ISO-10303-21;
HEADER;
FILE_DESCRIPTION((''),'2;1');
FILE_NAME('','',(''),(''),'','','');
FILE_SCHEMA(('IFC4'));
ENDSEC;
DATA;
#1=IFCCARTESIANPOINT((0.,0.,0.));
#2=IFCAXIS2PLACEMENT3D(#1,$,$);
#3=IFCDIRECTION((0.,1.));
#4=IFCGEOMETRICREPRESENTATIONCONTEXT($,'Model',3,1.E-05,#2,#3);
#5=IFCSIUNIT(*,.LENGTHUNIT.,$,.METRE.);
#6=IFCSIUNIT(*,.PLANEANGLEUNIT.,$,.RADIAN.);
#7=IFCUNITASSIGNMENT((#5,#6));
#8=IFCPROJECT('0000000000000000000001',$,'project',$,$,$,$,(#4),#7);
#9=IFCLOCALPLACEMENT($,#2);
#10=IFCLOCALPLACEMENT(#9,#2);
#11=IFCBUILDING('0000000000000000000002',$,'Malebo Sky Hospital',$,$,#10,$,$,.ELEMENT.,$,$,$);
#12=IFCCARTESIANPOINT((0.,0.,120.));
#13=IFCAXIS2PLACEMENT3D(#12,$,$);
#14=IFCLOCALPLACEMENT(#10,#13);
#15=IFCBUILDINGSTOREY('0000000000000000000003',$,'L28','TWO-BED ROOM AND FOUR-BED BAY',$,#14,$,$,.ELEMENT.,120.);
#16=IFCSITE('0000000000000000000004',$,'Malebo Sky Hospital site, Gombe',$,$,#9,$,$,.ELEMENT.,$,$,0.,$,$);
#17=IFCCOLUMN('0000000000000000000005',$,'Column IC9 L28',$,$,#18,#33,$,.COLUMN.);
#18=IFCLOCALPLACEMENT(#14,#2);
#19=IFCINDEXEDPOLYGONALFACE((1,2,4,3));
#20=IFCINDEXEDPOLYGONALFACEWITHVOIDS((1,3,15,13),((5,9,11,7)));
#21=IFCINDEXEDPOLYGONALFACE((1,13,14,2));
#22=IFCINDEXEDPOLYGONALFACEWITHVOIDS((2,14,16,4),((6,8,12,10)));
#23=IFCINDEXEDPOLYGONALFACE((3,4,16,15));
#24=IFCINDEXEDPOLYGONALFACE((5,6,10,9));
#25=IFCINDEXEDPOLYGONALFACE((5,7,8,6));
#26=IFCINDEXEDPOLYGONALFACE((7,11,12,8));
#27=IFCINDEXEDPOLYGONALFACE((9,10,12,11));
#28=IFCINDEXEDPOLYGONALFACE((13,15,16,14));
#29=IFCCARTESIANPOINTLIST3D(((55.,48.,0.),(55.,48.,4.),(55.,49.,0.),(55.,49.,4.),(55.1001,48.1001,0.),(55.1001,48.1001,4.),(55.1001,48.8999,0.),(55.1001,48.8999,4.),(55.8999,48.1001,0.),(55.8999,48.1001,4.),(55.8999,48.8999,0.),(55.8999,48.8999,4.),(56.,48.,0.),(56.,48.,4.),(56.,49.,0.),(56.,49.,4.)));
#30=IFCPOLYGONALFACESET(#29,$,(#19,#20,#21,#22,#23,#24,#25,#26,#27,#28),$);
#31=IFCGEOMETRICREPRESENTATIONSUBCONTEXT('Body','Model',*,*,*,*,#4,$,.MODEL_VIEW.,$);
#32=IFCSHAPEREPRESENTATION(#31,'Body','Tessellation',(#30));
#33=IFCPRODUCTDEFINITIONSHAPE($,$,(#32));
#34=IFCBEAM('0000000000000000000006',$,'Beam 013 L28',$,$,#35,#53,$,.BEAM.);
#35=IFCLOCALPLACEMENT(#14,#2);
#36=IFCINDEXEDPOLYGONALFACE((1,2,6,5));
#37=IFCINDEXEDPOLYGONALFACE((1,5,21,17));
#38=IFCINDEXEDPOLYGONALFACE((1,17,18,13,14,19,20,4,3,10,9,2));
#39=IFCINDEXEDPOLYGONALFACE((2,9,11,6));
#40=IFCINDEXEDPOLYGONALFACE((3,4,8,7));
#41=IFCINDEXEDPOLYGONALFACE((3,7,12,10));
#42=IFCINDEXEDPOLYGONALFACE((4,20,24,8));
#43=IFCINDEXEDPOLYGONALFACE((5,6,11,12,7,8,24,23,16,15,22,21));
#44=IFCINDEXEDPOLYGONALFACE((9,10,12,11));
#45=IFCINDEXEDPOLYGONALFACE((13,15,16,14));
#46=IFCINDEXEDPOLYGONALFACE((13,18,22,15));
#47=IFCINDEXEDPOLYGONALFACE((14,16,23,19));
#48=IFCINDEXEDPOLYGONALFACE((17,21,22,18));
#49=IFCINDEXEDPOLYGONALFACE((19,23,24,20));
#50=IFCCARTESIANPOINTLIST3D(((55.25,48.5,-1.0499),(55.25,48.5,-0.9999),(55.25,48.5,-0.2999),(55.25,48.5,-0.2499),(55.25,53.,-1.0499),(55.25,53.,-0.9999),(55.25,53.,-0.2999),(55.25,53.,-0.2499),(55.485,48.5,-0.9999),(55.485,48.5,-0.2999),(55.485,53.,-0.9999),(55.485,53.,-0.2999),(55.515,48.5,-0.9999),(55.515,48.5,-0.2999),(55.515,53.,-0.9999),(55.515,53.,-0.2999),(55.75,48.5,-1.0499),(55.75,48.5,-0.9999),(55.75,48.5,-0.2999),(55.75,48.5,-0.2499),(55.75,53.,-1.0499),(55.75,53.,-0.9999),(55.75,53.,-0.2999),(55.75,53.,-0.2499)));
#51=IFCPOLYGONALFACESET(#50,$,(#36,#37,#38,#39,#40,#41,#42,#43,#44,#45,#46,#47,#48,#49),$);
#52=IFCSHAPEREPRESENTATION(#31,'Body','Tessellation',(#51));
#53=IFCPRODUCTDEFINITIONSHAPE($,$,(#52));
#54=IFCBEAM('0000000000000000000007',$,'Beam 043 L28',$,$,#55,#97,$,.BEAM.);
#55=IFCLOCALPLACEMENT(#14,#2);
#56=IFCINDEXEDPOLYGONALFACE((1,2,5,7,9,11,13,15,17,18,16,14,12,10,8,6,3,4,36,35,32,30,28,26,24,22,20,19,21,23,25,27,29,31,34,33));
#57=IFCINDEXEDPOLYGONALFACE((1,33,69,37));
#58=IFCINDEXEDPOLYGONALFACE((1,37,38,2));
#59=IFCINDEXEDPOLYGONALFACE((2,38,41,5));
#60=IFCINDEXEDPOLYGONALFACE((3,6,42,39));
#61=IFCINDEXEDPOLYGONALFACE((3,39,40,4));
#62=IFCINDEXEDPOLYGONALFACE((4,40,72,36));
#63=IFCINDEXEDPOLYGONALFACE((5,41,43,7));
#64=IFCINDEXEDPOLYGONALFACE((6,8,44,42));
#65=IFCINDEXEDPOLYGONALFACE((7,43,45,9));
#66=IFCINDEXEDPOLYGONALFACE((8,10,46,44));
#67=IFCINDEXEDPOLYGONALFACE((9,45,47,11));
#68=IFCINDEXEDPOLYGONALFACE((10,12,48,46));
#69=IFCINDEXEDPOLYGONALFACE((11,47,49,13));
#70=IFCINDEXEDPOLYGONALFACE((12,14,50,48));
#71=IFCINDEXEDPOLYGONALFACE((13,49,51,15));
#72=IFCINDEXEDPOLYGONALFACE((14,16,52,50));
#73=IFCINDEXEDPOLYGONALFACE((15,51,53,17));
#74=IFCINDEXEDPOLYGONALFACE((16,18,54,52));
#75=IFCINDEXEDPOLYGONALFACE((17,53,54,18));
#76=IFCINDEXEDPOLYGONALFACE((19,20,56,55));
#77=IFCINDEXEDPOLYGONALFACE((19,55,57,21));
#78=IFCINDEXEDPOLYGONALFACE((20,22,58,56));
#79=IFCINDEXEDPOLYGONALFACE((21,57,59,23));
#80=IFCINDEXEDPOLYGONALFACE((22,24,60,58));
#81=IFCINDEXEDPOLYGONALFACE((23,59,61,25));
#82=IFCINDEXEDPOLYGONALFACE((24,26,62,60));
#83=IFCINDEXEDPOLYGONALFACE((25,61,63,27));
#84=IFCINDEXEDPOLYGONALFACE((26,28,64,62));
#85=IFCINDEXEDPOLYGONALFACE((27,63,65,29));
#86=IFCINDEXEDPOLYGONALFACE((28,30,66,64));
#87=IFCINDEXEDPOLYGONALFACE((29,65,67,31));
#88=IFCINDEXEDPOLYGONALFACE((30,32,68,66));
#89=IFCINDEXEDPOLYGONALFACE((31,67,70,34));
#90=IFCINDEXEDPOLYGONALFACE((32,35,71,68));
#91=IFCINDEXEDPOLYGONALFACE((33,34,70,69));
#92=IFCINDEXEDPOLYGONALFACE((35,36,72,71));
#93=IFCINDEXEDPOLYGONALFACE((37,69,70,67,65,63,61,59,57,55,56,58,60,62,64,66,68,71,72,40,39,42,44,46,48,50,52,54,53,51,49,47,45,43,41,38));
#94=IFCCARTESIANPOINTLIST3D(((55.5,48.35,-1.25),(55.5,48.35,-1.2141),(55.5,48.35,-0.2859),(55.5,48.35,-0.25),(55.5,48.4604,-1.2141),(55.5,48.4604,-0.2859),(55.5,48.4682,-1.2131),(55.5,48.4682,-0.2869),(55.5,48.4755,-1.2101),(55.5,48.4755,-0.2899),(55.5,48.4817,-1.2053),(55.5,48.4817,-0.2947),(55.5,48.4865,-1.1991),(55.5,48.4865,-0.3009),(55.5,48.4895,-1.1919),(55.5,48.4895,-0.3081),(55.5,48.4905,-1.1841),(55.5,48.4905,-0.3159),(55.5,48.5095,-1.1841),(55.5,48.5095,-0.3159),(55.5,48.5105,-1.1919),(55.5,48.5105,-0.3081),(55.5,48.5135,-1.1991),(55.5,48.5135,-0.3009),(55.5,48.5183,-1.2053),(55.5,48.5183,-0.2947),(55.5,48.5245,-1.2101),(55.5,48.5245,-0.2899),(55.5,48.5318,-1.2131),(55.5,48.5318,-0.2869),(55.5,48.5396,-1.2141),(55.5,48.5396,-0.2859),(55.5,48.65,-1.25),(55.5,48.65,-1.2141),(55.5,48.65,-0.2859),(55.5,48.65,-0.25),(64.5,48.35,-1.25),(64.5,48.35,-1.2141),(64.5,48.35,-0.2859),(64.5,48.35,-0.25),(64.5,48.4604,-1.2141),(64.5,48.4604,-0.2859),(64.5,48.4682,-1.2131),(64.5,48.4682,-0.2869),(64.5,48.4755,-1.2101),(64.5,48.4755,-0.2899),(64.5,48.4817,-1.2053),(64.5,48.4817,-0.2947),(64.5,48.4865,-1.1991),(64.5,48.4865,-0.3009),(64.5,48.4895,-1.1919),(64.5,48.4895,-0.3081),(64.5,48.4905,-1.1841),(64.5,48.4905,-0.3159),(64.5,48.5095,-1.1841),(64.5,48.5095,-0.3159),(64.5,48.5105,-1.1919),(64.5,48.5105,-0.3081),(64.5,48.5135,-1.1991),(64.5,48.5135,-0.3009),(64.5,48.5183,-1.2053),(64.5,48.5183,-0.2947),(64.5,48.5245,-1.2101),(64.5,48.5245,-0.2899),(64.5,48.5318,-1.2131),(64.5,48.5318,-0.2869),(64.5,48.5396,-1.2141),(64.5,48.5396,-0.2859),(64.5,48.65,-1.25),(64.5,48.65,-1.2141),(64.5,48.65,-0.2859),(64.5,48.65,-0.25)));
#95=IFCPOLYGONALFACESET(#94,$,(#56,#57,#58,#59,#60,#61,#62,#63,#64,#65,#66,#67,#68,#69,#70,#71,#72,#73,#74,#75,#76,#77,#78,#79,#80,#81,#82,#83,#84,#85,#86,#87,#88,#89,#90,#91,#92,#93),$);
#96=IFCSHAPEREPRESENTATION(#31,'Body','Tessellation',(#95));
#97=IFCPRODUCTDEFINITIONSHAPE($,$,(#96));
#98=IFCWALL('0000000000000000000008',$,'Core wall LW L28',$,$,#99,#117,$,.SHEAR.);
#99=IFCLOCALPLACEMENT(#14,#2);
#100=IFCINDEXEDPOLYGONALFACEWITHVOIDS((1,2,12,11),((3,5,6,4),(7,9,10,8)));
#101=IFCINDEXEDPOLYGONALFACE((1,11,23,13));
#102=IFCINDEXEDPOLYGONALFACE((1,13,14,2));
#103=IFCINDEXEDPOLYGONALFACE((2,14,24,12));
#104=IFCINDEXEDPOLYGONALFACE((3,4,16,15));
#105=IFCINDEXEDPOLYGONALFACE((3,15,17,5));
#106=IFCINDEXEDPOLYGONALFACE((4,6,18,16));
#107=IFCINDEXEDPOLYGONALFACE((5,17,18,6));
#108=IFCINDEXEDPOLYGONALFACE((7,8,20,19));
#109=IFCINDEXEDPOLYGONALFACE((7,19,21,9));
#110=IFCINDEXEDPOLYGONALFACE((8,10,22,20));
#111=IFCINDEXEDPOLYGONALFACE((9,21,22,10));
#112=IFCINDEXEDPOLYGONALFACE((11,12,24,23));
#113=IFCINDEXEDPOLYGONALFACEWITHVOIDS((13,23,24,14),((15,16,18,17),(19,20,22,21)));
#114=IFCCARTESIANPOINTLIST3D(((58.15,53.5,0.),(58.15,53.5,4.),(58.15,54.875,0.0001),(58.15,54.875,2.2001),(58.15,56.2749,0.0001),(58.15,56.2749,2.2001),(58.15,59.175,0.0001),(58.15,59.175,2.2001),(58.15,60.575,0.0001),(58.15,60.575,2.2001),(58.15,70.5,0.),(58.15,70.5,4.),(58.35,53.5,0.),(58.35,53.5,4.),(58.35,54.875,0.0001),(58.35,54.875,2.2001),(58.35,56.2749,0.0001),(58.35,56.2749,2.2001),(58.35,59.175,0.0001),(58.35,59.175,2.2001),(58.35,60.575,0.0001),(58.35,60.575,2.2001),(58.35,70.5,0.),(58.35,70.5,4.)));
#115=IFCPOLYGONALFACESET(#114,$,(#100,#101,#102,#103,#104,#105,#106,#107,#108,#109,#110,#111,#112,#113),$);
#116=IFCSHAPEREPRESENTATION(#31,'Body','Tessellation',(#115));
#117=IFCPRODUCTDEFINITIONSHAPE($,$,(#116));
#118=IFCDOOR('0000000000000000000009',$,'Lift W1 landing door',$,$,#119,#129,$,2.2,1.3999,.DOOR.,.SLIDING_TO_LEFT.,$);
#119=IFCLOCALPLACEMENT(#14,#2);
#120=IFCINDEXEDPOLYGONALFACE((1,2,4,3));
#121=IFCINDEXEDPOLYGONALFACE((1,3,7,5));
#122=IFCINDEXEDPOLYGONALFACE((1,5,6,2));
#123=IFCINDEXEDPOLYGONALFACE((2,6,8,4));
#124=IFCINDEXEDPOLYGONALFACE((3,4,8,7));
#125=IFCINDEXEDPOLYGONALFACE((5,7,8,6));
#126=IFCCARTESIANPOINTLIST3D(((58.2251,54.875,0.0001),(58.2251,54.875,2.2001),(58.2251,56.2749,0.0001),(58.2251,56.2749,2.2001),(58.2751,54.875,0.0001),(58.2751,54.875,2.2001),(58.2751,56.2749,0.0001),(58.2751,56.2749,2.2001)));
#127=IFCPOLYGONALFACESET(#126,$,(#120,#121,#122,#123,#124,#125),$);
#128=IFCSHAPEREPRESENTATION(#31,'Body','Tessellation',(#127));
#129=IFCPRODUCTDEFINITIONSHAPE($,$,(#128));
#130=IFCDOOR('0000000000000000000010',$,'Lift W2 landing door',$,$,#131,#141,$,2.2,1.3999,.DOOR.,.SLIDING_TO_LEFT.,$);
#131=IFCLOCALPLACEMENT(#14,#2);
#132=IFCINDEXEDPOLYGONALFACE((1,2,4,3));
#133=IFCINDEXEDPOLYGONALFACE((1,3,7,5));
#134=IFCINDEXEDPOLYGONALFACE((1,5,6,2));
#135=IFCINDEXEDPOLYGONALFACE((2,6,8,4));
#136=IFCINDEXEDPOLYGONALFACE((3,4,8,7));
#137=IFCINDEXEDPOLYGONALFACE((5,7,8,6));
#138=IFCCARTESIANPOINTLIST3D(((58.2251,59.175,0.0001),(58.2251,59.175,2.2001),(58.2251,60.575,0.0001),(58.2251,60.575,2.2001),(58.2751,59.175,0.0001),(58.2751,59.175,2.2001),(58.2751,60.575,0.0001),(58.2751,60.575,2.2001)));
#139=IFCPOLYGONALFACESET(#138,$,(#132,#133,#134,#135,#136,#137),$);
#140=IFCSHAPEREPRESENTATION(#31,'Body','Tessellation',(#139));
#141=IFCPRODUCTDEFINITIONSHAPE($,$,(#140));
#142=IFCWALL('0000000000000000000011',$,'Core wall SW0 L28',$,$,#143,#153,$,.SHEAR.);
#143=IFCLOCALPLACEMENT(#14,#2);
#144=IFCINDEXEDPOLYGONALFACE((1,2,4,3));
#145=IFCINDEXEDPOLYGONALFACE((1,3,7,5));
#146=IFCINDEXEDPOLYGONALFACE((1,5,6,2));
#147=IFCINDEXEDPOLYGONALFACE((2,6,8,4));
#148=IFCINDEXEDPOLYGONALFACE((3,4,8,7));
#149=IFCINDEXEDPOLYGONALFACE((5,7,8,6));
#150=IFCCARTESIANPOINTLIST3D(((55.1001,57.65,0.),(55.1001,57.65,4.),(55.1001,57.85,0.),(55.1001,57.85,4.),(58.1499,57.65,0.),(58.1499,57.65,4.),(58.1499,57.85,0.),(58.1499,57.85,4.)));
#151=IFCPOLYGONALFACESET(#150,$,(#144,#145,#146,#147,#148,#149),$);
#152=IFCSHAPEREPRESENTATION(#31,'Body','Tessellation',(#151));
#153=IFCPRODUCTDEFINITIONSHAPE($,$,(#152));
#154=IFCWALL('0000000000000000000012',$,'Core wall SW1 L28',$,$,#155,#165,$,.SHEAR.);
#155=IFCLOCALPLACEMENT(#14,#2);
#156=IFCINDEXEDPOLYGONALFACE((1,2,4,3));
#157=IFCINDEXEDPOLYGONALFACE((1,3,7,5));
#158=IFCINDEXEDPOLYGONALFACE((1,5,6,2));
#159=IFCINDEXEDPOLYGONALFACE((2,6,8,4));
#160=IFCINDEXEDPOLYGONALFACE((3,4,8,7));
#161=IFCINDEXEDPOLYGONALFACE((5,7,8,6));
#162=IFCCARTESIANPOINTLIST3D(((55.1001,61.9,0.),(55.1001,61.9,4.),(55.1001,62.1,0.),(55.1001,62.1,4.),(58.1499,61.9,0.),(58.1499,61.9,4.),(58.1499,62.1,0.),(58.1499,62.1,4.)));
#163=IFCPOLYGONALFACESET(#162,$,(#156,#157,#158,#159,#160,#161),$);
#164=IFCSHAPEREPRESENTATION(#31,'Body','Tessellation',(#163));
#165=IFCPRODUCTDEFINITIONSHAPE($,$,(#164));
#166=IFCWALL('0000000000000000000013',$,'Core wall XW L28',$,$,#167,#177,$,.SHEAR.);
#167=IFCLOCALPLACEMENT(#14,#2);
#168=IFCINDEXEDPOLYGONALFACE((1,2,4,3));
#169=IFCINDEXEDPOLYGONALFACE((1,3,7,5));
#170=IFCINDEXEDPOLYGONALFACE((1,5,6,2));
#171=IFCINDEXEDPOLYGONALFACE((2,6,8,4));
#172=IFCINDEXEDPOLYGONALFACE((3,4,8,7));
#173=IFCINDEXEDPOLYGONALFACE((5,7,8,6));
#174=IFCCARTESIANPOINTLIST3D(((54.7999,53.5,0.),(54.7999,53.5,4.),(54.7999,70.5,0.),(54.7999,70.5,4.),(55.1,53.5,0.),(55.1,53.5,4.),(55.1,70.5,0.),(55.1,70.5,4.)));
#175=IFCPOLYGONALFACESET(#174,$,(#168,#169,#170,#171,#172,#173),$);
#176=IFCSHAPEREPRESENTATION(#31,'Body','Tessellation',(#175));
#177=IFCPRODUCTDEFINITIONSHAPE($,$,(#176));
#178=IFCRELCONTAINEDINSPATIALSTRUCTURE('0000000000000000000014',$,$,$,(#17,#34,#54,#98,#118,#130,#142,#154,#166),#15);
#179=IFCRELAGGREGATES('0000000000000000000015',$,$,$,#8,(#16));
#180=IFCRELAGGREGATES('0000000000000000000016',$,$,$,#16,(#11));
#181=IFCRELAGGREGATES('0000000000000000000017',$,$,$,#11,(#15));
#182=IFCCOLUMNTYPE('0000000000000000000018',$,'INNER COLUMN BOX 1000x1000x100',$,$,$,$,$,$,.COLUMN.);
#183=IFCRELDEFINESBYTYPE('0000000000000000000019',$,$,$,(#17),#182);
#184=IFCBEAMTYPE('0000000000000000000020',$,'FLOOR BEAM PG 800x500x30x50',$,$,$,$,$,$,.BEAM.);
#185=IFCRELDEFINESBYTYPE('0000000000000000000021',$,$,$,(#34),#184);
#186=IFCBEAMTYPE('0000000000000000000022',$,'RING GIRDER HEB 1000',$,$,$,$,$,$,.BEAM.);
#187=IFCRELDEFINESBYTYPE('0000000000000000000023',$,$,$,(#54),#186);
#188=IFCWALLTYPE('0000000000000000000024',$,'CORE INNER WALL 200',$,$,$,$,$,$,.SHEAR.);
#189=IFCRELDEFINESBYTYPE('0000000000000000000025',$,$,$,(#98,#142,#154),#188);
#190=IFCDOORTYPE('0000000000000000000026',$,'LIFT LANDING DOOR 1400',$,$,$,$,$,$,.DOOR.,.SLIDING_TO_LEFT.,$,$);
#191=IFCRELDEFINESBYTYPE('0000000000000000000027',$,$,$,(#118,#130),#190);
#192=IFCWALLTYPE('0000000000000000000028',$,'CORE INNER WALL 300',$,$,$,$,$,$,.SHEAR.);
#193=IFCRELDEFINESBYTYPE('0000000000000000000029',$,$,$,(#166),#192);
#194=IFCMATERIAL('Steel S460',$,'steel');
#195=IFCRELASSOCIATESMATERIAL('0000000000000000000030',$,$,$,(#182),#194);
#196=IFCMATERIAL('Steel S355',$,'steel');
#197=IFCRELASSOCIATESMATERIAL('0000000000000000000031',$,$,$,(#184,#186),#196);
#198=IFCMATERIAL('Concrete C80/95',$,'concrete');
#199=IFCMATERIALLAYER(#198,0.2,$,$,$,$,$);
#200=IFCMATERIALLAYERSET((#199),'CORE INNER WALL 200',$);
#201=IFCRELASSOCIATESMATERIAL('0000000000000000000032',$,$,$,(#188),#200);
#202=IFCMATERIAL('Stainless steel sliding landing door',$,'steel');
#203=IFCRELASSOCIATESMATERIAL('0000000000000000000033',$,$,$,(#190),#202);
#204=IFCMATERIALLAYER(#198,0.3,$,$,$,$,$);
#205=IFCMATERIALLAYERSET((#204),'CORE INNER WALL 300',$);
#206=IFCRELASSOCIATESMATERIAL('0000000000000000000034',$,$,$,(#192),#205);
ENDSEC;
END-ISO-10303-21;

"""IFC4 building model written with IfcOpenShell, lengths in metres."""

from ifc_helpers import new_model, si_unit, direction, frame, frame_2d, origin, origin_2d, place, context, subcontext, project, spatial, rectangle, hollow_rectangle, i_section, extrude, material, layer, layer_set, material_profile, profile_set, type_object, element, fill, save


model = new_model("IFC4")

# Units and contexts
model_context = context("Model", 3, precision=1e-05, world=origin(), true_north=direction((0.0, 1.0)))
body_context = subcontext(model_context, "Body", "Model", "MODEL_VIEW")
ifc_project = project(units=[si_unit("LENGTHUNIT", "METRE"), si_unit("PLANEANGLEUNIT", "RADIAN")], contexts=[model_context])

# Site, building, storey
site_placement = place(None, origin())
site = spatial("IfcSite", under=ifc_project, at=site_placement, Name="Malebo Sky Hospital site, Gombe", CompositionType="ELEMENT", RefElevation=0.0)
building_placement = place(site_placement, origin())
building = spatial("IfcBuilding", under=site, at=building_placement, Name="Malebo Sky Hospital", CompositionType="ELEMENT")
storey_placement = place(building_placement, frame((0.0, 0.0, 120.0)))
storey = spatial("IfcBuildingStorey", under=building, at=storey_placement, Name="L28", Description="TWO-BED ROOM AND FOUR-BED BAY", CompositionType="ELEMENT", Elevation=120.0)

# Column
ifc_material_1 = material(Name="Steel S460", Category="steel")
ifc_material_profile_1 = material_profile(ifc_material_1, hollow_rectangle(XDim=1.0, YDim=1.0, WallThickness=0.1001, at=origin_2d()), Name="BOX 1000x1000x100")
ifc_profile_set_1 = profile_set([ifc_material_profile_1], Name="Steel S460")
column_type = type_object("IfcColumnType", Name="INNER COLUMN BOX 1000x1000x100", PredefinedType="COLUMN", material=ifc_profile_set_1)
column_placement = place(storey_placement, frame((55.5, 48.5, 0.0), z_axis=(0.0, 0.0, 1.0), x_axis=(1.0, 0.0, 0.0)))
element("IfcColumn", 1, at=column_placement, inside=storey, type_object=column_type, Name="Column IC9 L28", PredefinedType="COLUMN", context=body_context, shape_type="SweptSolid", body=[
    extrude(hollow_rectangle(XDim=1.0, YDim=1.0, WallThickness=0.1001, at=origin_2d()), origin(), (0.0, 0.0, 1.0), 4.0),
])

# Beams
ifc_material_2 = material(Name="Steel S355", Category="steel")
ifc_material_profile_2 = material_profile(ifc_material_2, i_section(OverallWidth=0.5, OverallDepth=0.8, WebThickness=0.03, FlangeThickness=0.05, at=origin_2d()), Name="PG 800x500x30x50")
ifc_profile_set_2 = profile_set([ifc_material_profile_2], Name="Steel S355")
beam_type_1 = type_object("IfcBeamType", Name="FLOOR BEAM PG 800x500x30x50", PredefinedType="BEAM", material=ifc_profile_set_2)
beam_1_placement = place(storey_placement, frame((55.5, 48.5, -0.6499), z_axis=(0.0, 1.0, 0.0), x_axis=(-1.0, 0.0, 0.0)))
element("IfcBeam", 2, at=beam_1_placement, inside=storey, type_object=beam_type_1, Name="Beam 013 L28", PredefinedType="BEAM", context=body_context, shape_type="SweptSolid", body=[
    extrude(i_section(OverallWidth=0.5, OverallDepth=0.8, WebThickness=0.03, FlangeThickness=0.05, at=origin_2d()), origin(), (0.0, 0.0, 1.0), 4.5),
])
ifc_material_profile_3 = material_profile(ifc_material_2, i_section(OverallWidth=0.3, OverallDepth=1.0, WebThickness=0.019, FlangeThickness=0.0359, FilletRadius=0.03, at=origin_2d()), Name="HEB 1000")
ifc_profile_set_3 = profile_set([ifc_material_profile_3], Name="Steel S355")
beam_type_2 = type_object("IfcBeamType", Name="RING GIRDER HEB 1000", PredefinedType="BEAM", material=ifc_profile_set_3)
beam_2_placement = place(storey_placement, frame((55.5, 48.5, -0.75), z_axis=(1.0, 0.0, 0.0), x_axis=(0.0, 1.0, 0.0)))
element("IfcBeam", 3, at=beam_2_placement, inside=storey, type_object=beam_type_2, Name="Beam 043 L28", PredefinedType="BEAM", context=body_context, shape_type="SweptSolid", body=[
    extrude(i_section(OverallWidth=0.3, OverallDepth=1.0, WebThickness=0.019, FlangeThickness=0.0359, FilletRadius=0.03, at=origin_2d()), origin(), (0.0, 0.0, 1.0), 9.0),
])

# Wall, openings, doors
ifc_material_3 = material(Name="Concrete C80/95", Category="concrete")
ifc_layer_1 = layer(ifc_material_3, 0.2)
ifc_layer_set_1 = layer_set([ifc_layer_1], Name="CORE INNER WALL 200")
wall_type_1 = type_object("IfcWallType", Name="CORE INNER WALL 200", PredefinedType="SHEAR", material=ifc_layer_set_1)
wall_1_placement = place(storey_placement, frame((58.25, 53.5, 0.0), z_axis=(0.0, 0.0, 1.0), x_axis=(0.0, 1.0, 0.0)))
wall_1 = element("IfcWall", 4, at=wall_1_placement, inside=storey, type_object=wall_type_1, Name="Core wall LW L28", PredefinedType="SHEAR", context=body_context, shape_type="SweptSolid", body=[
    extrude(rectangle(XDim=17.0, YDim=0.2, at=frame_2d((8.5, 0.0))), origin(), (0.0, 0.0, 1.0), 4.0),
])
opening_1_placement = place(wall_1_placement, frame((1.375, 0.0, 0.0)))
opening_1 = element("IfcOpeningElement", 5, at=opening_1_placement, cuts=wall_1, PredefinedType="OPENING", context=body_context, shape_type="SweptSolid", body=[
    extrude(rectangle(XDim=1.3999, YDim=2.2, at=frame_2d((0.7, 1.1001))), frame((0.0, 0.1099, 0.0), z_axis=(0.0, -1.0, 0.0), x_axis=(1.0, 0.0, 0.0)), (0.0, 0.0, 1.0), 0.22),
])
opening_2_placement = place(wall_1_placement, frame((5.675, 0.0, 0.0)))
opening_2 = element("IfcOpeningElement", 6, at=opening_2_placement, cuts=wall_1, PredefinedType="OPENING", context=body_context, shape_type="SweptSolid", body=[
    extrude(rectangle(XDim=1.3999, YDim=2.2, at=frame_2d((0.7, 1.1001))), frame((0.0, 0.1099, 0.0), z_axis=(0.0, -1.0, 0.0), x_axis=(1.0, 0.0, 0.0)), (0.0, 0.0, 1.0), 0.22),
])
ifc_material_4 = material(Name="Stainless steel sliding landing door", Category="steel")
door_type_1 = type_object("IfcDoorType", Name="LIFT LANDING DOOR 1400", OperationType="SLIDING_TO_LEFT", PredefinedType="DOOR", material=ifc_material_4)
door_1_placement = place(opening_1_placement, origin())
door_1 = element("IfcDoor", 7, at=door_1_placement, inside=storey, type_object=door_type_1, Name="Lift W1 landing door", OperationType="SLIDING_TO_LEFT", OverallHeight=2.2, OverallWidth=1.3999, PredefinedType="DOOR", context=body_context, shape_type="SweptSolid", body=[
    extrude(rectangle(XDim=1.3999, YDim=2.2, at=frame_2d((0.7, 1.1001))), frame((0.0, 0.0249, 0.0), z_axis=(0.0, -1.0, 0.0), x_axis=(1.0, 0.0, 0.0)), (0.0, 0.0, 1.0), 0.05),
])
fill(opening_1, door_1)
door_2_placement = place(opening_2_placement, origin())
door_2 = element("IfcDoor", 8, at=door_2_placement, inside=storey, type_object=door_type_1, Name="Lift W2 landing door", OperationType="SLIDING_TO_LEFT", OverallHeight=2.2, OverallWidth=1.3999, PredefinedType="DOOR", context=body_context, shape_type="SweptSolid", body=[
    extrude(rectangle(XDim=1.3999, YDim=2.2, at=frame_2d((0.7, 1.1001))), frame((0.0, 0.0249, 0.0), z_axis=(0.0, -1.0, 0.0), x_axis=(1.0, 0.0, 0.0)), (0.0, 0.0, 1.0), 0.05),
])
fill(opening_2, door_2)

# Walls
for number, where, z_axis, x_axis, name in (
    (9, (55.1001, 57.75, 0.0), (0.0, 0.0, 1.0), (1.0, 0.0, 0.0), "Core wall SW0 L28"),
    (10, (55.1001, 62.0, 0.0), (0.0, 0.0, 1.0), (1.0, 0.0, 0.0), "Core wall SW1 L28"),
):
    element("IfcWall", number, at=place(storey_placement, frame(where, z_axis=z_axis, x_axis=x_axis)), inside=storey, type_object=wall_type_1, Name=name, PredefinedType="SHEAR", context=body_context, shape_type="SweptSolid", body=[
        extrude(rectangle(XDim=3.0498, YDim=0.2, at=frame_2d((1.5249, 0.0))), origin(), (0.0, 0.0, 1.0), 4.0),
    ])
ifc_layer_2 = layer(ifc_material_3, 0.3)
ifc_layer_set_2 = layer_set([ifc_layer_2], Name="CORE INNER WALL 300")
wall_type_2 = type_object("IfcWallType", Name="CORE INNER WALL 300", PredefinedType="SHEAR", material=ifc_layer_set_2)
wall_2_placement = place(storey_placement, frame((54.95, 53.5, 0.0), z_axis=(0.0, 0.0, 1.0), x_axis=(0.0, 1.0, 0.0)))
element("IfcWall", 11, at=wall_2_placement, inside=storey, type_object=wall_type_2, Name="Core wall XW L28", PredefinedType="SHEAR", context=body_context, shape_type="SweptSolid", body=[
    extrude(rectangle(XDim=17.0, YDim=0.3, at=frame_2d((8.5, 0.0))), origin(), (0.0, 0.0, 1.0), 4.0),
])

save(model, "model.ifc")
